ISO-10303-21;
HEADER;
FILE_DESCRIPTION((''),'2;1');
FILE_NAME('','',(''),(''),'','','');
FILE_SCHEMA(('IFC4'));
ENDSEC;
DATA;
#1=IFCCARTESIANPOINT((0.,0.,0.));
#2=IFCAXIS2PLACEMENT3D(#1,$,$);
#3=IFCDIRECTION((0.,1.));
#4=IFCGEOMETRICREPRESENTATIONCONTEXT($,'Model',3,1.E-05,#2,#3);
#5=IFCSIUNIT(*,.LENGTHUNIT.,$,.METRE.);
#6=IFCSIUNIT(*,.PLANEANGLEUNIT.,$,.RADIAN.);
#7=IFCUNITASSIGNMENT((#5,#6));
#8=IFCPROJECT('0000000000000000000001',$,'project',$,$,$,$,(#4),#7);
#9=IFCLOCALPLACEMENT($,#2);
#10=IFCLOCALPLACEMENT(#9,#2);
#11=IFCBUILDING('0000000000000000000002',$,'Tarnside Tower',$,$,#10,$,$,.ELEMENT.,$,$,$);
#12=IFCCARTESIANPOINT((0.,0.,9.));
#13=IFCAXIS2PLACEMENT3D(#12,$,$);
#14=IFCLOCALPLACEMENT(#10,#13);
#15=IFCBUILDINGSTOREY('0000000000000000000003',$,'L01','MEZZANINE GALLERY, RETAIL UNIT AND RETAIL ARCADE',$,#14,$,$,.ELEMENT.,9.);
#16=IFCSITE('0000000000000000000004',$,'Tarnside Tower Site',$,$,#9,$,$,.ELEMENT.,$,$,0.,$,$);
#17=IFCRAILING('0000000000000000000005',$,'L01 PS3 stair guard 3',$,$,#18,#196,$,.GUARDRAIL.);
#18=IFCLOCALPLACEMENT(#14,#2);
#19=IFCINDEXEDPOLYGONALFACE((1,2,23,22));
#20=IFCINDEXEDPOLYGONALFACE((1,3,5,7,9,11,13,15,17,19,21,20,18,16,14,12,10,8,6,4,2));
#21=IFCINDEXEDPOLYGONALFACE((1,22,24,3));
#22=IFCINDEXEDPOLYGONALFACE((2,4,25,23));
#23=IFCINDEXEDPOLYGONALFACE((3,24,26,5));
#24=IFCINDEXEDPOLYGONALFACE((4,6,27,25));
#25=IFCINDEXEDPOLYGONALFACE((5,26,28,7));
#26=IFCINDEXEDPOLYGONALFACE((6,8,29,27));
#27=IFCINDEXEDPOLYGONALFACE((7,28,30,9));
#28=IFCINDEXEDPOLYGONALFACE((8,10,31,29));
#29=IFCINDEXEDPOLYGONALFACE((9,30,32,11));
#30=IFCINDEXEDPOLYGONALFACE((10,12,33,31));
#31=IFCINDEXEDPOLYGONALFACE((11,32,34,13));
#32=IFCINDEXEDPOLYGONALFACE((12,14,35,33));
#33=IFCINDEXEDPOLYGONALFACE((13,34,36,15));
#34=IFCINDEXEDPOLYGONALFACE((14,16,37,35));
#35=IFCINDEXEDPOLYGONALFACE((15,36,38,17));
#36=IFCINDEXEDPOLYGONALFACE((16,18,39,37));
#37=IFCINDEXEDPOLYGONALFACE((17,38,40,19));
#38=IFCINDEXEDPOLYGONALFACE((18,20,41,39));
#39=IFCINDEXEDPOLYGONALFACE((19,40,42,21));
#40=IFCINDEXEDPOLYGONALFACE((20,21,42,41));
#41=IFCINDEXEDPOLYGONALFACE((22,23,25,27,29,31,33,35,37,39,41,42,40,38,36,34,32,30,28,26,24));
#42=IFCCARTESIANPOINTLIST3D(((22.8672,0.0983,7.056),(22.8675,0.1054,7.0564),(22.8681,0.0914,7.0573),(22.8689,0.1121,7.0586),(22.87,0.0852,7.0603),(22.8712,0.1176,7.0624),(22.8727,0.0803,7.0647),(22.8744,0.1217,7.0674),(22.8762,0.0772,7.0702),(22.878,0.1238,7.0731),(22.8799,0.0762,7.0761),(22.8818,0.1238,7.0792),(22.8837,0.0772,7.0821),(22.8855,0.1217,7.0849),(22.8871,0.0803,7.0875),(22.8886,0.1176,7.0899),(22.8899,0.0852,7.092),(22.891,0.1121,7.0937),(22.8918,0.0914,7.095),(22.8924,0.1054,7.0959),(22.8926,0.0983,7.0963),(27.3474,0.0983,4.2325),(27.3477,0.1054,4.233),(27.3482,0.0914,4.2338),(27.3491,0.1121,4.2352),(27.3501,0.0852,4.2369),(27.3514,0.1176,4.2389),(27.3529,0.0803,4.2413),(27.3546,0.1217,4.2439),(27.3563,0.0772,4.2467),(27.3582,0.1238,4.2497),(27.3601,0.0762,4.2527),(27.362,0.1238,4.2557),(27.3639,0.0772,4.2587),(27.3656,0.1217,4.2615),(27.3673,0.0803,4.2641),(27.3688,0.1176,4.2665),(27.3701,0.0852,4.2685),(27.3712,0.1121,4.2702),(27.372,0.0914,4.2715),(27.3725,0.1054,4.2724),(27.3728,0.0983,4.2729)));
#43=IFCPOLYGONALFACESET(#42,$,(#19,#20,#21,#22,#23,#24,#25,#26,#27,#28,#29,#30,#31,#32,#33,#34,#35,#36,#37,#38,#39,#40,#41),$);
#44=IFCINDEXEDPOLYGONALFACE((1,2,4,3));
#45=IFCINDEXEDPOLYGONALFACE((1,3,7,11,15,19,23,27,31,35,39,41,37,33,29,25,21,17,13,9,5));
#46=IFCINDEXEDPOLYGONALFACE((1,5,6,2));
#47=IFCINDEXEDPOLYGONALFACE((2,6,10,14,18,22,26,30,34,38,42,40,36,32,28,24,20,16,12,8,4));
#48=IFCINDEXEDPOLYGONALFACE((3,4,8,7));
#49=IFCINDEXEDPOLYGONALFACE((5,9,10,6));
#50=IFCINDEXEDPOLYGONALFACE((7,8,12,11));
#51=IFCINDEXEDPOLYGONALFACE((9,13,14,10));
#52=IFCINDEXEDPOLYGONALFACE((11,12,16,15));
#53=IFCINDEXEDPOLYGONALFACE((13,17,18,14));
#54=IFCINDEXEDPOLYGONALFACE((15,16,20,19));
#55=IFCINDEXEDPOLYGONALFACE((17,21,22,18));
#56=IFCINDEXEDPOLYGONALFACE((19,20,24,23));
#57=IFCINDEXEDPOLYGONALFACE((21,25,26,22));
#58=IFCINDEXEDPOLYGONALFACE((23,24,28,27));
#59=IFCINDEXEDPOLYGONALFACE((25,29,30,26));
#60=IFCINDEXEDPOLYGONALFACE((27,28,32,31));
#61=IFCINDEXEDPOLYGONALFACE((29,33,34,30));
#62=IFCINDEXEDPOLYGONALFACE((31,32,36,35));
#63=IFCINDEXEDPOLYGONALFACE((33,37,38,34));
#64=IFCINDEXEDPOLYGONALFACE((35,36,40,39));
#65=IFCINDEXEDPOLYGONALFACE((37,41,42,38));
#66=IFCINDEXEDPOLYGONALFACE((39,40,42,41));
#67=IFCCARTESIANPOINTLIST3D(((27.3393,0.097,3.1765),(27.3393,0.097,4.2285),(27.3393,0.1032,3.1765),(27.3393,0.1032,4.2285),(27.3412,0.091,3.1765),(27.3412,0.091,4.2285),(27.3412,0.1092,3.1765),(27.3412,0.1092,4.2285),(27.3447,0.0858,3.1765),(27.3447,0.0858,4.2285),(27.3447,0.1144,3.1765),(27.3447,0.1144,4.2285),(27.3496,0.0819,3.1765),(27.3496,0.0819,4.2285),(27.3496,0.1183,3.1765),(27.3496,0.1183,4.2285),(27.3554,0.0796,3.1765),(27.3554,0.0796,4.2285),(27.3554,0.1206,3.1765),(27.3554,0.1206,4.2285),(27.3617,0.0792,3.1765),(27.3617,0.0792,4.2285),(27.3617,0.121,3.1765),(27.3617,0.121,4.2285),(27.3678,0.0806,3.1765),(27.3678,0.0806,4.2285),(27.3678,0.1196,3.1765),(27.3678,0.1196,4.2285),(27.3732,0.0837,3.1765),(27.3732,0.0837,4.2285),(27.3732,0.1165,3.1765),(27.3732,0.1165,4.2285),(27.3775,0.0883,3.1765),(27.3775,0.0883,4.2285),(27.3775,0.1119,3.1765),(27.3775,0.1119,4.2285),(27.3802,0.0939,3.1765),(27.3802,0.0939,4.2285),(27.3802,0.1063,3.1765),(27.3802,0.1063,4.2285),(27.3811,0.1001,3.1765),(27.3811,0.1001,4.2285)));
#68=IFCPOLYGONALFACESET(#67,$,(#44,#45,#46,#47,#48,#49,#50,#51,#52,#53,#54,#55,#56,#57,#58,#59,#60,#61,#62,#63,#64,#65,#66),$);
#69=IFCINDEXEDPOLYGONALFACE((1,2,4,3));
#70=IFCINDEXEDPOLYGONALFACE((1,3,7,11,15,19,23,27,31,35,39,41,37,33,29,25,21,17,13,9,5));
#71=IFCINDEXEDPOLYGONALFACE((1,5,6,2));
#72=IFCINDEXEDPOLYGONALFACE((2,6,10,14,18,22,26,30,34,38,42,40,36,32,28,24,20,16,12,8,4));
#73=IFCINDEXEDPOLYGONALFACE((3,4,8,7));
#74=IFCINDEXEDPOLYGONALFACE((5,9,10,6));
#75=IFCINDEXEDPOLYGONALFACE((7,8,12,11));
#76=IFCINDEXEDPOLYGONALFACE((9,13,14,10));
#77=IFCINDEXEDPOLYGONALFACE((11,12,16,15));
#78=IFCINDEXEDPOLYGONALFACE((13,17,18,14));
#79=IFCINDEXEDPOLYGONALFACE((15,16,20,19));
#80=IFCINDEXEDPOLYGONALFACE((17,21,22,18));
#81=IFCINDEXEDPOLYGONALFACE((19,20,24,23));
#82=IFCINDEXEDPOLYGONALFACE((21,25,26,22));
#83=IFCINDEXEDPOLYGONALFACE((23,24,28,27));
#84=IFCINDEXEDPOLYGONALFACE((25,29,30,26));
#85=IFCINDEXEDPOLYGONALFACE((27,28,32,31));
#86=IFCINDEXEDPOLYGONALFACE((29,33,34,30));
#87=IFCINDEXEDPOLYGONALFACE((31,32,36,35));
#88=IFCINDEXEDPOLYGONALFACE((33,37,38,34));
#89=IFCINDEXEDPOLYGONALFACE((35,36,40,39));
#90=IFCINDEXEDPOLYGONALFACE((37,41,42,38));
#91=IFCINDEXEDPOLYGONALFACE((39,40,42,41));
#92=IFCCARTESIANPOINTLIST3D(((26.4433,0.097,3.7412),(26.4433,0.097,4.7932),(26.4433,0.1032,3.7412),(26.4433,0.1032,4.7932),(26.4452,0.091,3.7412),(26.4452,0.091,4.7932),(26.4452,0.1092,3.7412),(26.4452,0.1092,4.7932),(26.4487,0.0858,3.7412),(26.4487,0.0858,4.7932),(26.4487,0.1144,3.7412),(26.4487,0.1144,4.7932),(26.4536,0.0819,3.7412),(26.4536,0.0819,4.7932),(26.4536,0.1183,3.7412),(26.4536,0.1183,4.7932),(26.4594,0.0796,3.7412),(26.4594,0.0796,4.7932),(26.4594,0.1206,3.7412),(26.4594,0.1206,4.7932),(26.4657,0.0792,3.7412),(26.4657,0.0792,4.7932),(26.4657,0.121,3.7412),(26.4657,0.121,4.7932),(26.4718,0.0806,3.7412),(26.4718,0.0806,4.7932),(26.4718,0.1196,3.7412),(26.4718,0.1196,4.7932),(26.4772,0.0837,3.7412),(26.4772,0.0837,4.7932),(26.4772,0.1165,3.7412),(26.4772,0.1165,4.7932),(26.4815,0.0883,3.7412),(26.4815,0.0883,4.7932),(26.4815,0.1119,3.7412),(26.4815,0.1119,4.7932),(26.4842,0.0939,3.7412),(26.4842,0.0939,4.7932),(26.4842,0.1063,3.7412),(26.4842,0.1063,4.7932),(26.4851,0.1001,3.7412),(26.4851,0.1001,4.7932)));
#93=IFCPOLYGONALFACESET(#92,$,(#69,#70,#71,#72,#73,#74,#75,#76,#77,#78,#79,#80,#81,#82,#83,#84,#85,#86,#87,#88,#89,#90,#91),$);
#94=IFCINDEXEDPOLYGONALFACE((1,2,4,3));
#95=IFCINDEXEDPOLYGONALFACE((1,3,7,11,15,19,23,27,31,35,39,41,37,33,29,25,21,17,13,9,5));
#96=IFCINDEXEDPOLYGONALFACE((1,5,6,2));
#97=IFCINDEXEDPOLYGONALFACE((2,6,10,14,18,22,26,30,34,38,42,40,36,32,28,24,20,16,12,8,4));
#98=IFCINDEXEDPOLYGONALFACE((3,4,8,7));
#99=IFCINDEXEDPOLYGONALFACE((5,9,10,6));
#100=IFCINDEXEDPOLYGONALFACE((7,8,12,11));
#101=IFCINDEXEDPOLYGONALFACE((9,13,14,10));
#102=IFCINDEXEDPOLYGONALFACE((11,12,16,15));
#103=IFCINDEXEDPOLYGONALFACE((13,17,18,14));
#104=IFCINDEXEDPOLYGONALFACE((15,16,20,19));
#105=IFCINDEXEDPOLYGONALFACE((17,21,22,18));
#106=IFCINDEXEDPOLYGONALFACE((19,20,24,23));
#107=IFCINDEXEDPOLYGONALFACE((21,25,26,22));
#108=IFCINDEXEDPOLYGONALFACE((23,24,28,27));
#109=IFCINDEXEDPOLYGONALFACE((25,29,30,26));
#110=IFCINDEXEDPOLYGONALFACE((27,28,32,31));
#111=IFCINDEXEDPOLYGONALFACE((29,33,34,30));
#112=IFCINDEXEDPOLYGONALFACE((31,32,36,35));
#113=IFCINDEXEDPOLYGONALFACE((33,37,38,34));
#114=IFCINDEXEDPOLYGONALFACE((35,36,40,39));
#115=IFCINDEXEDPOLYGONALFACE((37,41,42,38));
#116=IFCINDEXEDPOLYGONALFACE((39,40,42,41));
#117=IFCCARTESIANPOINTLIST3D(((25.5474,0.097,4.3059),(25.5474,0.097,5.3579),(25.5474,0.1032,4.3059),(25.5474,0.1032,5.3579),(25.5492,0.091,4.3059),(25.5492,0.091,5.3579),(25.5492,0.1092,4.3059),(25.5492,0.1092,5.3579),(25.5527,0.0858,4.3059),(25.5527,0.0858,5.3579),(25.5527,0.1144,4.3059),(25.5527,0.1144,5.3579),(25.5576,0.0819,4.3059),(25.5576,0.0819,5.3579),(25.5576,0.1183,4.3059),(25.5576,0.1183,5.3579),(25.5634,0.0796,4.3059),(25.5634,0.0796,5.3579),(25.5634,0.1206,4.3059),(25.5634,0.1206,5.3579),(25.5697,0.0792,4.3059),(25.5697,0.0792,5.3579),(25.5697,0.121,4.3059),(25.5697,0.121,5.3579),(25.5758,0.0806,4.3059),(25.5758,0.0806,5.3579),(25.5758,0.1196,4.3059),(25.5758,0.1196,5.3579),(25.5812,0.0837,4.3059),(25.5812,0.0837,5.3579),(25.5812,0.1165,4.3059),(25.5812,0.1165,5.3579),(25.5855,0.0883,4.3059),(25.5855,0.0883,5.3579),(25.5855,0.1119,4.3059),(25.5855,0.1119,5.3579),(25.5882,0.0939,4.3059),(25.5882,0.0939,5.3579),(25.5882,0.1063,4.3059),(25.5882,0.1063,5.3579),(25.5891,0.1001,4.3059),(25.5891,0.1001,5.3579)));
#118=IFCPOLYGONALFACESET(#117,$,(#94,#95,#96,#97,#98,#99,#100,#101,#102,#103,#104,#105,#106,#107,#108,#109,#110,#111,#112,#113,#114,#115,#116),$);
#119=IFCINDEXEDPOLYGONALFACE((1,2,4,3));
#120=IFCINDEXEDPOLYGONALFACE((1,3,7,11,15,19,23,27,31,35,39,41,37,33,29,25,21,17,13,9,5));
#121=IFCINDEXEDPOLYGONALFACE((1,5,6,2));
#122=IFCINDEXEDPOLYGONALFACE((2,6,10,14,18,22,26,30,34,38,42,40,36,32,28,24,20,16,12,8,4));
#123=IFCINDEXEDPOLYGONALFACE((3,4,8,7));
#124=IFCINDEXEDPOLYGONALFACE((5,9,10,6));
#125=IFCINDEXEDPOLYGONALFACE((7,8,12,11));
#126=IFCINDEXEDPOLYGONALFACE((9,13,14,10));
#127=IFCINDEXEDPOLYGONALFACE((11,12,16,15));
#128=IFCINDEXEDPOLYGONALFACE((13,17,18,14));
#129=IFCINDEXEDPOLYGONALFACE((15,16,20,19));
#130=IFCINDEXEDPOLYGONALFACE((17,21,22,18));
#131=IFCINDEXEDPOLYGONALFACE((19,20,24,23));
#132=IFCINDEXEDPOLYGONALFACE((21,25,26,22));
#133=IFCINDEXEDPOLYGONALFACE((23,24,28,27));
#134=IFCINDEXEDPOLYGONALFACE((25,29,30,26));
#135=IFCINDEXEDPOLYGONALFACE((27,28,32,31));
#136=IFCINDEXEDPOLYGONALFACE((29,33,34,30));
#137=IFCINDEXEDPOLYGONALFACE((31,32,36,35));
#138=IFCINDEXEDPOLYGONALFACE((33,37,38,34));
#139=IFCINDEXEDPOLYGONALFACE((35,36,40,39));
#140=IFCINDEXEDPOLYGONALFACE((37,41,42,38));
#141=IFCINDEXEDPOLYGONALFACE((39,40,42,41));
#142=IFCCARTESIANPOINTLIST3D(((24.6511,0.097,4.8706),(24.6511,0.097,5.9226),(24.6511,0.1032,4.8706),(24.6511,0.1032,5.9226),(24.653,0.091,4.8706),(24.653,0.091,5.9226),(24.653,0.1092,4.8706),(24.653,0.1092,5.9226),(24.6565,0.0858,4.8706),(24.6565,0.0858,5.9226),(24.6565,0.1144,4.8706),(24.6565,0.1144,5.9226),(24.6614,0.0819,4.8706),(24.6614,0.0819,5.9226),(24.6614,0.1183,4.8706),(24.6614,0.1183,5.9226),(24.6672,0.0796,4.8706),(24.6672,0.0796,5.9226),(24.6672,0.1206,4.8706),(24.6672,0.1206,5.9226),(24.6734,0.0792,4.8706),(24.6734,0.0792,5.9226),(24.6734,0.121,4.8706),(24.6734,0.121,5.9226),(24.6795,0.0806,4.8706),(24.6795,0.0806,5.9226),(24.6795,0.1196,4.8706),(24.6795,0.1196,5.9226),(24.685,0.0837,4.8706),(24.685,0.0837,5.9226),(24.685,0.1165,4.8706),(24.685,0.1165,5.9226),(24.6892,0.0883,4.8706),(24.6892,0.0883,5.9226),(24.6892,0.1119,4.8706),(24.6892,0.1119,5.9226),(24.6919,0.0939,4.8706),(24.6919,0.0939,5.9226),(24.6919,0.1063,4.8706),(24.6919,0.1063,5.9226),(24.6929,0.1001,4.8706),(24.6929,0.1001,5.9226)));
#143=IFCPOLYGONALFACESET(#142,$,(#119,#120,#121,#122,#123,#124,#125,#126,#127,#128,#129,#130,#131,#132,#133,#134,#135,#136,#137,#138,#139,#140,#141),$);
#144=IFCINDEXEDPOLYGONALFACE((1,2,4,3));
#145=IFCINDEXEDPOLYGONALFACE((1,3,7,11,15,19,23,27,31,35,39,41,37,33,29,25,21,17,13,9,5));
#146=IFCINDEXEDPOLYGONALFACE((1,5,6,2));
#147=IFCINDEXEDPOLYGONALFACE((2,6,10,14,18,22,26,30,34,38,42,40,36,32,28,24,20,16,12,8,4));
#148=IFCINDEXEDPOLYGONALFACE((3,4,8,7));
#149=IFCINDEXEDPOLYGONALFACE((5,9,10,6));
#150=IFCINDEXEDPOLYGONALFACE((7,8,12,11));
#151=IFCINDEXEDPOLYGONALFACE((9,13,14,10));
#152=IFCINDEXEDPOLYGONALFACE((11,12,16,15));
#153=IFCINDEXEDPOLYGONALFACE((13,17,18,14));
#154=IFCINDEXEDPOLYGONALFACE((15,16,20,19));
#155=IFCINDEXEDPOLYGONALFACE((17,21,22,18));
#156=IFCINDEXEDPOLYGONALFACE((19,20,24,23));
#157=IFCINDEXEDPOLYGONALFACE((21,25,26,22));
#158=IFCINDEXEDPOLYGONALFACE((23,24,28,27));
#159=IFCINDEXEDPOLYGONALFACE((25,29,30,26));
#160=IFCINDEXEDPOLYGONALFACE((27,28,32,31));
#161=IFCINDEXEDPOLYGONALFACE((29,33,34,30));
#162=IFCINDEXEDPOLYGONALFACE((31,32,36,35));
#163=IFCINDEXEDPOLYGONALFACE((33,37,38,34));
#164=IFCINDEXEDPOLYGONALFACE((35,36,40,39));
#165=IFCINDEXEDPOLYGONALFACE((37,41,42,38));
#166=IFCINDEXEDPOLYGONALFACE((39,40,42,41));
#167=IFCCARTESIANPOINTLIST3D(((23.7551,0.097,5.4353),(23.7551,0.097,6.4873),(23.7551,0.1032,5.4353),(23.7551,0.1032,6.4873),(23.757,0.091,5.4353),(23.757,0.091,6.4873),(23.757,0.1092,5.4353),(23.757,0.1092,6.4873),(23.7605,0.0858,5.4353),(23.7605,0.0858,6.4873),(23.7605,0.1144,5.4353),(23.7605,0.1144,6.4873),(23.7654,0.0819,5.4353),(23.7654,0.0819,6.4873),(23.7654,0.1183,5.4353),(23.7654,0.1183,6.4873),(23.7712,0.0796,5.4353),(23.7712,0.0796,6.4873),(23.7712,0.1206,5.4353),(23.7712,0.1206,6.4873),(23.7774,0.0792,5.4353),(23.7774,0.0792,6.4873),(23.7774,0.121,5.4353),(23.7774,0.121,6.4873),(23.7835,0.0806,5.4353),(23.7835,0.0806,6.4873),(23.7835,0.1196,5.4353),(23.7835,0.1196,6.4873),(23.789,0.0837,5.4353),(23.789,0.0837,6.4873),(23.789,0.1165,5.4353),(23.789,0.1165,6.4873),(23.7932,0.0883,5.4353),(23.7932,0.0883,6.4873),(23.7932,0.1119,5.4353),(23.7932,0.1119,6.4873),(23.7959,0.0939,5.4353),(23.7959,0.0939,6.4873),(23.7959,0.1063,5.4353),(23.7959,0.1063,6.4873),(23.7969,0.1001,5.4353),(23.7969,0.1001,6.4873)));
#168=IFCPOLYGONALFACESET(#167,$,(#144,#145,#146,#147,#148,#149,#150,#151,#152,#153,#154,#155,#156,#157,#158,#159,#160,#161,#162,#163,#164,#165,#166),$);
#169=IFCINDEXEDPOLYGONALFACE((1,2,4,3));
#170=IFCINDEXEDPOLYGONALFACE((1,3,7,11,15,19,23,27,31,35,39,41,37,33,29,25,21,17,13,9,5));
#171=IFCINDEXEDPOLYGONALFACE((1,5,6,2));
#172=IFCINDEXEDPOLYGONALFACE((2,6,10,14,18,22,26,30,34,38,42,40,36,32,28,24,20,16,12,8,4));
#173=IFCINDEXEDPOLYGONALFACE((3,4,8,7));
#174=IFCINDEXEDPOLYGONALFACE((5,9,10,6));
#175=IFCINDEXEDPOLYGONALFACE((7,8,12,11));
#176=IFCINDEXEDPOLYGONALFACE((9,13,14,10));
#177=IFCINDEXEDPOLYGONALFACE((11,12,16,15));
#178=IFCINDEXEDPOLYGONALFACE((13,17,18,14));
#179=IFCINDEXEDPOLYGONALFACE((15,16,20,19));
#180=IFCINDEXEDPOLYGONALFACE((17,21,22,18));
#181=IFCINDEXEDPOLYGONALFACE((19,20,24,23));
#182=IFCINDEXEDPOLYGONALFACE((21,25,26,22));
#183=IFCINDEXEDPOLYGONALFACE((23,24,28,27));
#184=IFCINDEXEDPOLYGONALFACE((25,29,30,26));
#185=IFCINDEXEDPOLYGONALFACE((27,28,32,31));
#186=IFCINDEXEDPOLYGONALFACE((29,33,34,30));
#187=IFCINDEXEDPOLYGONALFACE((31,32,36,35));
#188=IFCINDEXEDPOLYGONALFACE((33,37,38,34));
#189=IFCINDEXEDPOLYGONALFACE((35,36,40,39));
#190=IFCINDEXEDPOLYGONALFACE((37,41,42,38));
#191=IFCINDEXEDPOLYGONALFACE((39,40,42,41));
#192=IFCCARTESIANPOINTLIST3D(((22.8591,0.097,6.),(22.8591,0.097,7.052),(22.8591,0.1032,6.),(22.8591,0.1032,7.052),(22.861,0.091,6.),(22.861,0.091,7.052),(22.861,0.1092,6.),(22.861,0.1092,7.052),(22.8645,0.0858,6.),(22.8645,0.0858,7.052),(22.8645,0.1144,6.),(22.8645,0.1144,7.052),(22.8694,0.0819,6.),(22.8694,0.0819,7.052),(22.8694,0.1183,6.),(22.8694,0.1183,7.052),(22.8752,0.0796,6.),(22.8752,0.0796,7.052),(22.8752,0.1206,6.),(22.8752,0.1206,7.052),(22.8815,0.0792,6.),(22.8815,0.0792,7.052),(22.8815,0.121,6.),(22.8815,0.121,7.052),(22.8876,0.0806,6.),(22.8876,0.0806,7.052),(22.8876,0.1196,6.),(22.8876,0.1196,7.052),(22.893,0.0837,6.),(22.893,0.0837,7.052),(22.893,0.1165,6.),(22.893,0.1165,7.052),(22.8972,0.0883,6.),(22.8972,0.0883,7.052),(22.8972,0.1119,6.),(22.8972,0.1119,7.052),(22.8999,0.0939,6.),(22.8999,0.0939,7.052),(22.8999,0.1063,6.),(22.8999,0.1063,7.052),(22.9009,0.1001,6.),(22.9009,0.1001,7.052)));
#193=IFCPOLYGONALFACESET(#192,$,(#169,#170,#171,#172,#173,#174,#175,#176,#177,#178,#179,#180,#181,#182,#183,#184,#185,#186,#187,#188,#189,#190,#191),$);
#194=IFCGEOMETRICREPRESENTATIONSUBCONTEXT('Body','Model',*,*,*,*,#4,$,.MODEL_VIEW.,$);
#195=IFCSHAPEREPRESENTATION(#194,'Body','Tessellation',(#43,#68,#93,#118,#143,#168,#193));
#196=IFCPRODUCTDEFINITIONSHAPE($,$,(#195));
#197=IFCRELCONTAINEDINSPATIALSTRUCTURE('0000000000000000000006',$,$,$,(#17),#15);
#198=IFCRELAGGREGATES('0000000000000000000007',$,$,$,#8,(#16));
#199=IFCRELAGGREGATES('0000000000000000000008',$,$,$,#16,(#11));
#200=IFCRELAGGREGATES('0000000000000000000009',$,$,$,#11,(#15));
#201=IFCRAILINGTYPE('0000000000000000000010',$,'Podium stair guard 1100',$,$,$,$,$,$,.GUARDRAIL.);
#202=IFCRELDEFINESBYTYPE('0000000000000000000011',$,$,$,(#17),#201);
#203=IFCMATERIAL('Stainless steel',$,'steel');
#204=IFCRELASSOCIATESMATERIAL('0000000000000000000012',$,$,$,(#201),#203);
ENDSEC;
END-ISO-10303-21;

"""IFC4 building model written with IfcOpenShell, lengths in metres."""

from ifc_helpers import new_model, si_unit, direction, frame, origin, origin_2d, place, context, subcontext, project, spatial, circle, extrude, material, type_object, element, save


model = new_model("IFC4")

# Units and contexts
model_context = context("Model", 3, precision=1e-05, world=origin(), true_north=direction((0.0, 1.0)))
body_context = subcontext(model_context, "Body", "Model", "MODEL_VIEW")
ifc_project = project(units=[si_unit("LENGTHUNIT", "METRE"), si_unit("PLANEANGLEUNIT", "RADIAN")], contexts=[model_context])

# Site, building, storey
site_placement = place(None, origin())
site = spatial("IfcSite", under=ifc_project, at=site_placement, Name="Tarnside Tower Site", CompositionType="ELEMENT", RefElevation=0.0)
building_placement = place(site_placement, origin())
building = spatial("IfcBuilding", under=site, at=building_placement, Name="Tarnside Tower", CompositionType="ELEMENT")
storey_placement = place(building_placement, frame((0.0, 0.0, 9.0)))
storey = spatial("IfcBuildingStorey", under=building, at=storey_placement, Name="L01", Description="MEZZANINE GALLERY, RETAIL UNIT AND RETAIL ARCADE", CompositionType="ELEMENT", Elevation=9.0)

# Railing
ifc_material_1 = material(Name="Stainless steel", Category="steel")
railing_type_1 = type_object("IfcRailingType", Name="Podium stair guard 1100", PredefinedType="GUARDRAIL", material=ifc_material_1)
railing_1_placement = place(storey_placement, frame((27.3601, 0.1001, 3.1765)))
element("IfcRailing", 1, at=railing_1_placement, inside=storey, type_object=railing_type_1, Name="L01 PS3 stair guard 3", PredefinedType="GUARDRAIL", context=body_context, shape_type="SweptSolid", body=[
    extrude(circle(Radius=0.0239, at=origin_2d()), frame((0.0, 0.0, 1.0762), z_axis=(-0.846011, 0.0, 0.533165), x_axis=(0.0, -1.0, 0.0)), (0.0, 0.0, 1.0), 5.2957),
    extrude(circle(Radius=0.021, at=origin_2d()), origin(), (0.0, 0.0, 1.0), 1.052),
    extrude(circle(Radius=0.021, at=origin_2d()), frame((-0.896, 0.0, 0.5647)), (0.0, 0.0, 1.0), 1.052),
    extrude(circle(Radius=0.021, at=origin_2d()), frame((-1.792, 0.0, 1.1294)), (0.0, 0.0, 1.0), 1.052),
    extrude(circle(Radius=0.021, at=origin_2d()), frame((-2.6882, 0.0, 1.6941)), (0.0, 0.0, 1.0), 1.052),
    extrude(circle(Radius=0.021, at=origin_2d()), frame((-3.5842, 0.0, 2.2588)), (0.0, 0.0, 1.0), 1.052),
    extrude(circle(Radius=0.021, at=origin_2d()), frame((-4.4802, 0.0, 2.8235)), (0.0, 0.0, 1.0), 1.052),
])

save(model, "model.ifc")
